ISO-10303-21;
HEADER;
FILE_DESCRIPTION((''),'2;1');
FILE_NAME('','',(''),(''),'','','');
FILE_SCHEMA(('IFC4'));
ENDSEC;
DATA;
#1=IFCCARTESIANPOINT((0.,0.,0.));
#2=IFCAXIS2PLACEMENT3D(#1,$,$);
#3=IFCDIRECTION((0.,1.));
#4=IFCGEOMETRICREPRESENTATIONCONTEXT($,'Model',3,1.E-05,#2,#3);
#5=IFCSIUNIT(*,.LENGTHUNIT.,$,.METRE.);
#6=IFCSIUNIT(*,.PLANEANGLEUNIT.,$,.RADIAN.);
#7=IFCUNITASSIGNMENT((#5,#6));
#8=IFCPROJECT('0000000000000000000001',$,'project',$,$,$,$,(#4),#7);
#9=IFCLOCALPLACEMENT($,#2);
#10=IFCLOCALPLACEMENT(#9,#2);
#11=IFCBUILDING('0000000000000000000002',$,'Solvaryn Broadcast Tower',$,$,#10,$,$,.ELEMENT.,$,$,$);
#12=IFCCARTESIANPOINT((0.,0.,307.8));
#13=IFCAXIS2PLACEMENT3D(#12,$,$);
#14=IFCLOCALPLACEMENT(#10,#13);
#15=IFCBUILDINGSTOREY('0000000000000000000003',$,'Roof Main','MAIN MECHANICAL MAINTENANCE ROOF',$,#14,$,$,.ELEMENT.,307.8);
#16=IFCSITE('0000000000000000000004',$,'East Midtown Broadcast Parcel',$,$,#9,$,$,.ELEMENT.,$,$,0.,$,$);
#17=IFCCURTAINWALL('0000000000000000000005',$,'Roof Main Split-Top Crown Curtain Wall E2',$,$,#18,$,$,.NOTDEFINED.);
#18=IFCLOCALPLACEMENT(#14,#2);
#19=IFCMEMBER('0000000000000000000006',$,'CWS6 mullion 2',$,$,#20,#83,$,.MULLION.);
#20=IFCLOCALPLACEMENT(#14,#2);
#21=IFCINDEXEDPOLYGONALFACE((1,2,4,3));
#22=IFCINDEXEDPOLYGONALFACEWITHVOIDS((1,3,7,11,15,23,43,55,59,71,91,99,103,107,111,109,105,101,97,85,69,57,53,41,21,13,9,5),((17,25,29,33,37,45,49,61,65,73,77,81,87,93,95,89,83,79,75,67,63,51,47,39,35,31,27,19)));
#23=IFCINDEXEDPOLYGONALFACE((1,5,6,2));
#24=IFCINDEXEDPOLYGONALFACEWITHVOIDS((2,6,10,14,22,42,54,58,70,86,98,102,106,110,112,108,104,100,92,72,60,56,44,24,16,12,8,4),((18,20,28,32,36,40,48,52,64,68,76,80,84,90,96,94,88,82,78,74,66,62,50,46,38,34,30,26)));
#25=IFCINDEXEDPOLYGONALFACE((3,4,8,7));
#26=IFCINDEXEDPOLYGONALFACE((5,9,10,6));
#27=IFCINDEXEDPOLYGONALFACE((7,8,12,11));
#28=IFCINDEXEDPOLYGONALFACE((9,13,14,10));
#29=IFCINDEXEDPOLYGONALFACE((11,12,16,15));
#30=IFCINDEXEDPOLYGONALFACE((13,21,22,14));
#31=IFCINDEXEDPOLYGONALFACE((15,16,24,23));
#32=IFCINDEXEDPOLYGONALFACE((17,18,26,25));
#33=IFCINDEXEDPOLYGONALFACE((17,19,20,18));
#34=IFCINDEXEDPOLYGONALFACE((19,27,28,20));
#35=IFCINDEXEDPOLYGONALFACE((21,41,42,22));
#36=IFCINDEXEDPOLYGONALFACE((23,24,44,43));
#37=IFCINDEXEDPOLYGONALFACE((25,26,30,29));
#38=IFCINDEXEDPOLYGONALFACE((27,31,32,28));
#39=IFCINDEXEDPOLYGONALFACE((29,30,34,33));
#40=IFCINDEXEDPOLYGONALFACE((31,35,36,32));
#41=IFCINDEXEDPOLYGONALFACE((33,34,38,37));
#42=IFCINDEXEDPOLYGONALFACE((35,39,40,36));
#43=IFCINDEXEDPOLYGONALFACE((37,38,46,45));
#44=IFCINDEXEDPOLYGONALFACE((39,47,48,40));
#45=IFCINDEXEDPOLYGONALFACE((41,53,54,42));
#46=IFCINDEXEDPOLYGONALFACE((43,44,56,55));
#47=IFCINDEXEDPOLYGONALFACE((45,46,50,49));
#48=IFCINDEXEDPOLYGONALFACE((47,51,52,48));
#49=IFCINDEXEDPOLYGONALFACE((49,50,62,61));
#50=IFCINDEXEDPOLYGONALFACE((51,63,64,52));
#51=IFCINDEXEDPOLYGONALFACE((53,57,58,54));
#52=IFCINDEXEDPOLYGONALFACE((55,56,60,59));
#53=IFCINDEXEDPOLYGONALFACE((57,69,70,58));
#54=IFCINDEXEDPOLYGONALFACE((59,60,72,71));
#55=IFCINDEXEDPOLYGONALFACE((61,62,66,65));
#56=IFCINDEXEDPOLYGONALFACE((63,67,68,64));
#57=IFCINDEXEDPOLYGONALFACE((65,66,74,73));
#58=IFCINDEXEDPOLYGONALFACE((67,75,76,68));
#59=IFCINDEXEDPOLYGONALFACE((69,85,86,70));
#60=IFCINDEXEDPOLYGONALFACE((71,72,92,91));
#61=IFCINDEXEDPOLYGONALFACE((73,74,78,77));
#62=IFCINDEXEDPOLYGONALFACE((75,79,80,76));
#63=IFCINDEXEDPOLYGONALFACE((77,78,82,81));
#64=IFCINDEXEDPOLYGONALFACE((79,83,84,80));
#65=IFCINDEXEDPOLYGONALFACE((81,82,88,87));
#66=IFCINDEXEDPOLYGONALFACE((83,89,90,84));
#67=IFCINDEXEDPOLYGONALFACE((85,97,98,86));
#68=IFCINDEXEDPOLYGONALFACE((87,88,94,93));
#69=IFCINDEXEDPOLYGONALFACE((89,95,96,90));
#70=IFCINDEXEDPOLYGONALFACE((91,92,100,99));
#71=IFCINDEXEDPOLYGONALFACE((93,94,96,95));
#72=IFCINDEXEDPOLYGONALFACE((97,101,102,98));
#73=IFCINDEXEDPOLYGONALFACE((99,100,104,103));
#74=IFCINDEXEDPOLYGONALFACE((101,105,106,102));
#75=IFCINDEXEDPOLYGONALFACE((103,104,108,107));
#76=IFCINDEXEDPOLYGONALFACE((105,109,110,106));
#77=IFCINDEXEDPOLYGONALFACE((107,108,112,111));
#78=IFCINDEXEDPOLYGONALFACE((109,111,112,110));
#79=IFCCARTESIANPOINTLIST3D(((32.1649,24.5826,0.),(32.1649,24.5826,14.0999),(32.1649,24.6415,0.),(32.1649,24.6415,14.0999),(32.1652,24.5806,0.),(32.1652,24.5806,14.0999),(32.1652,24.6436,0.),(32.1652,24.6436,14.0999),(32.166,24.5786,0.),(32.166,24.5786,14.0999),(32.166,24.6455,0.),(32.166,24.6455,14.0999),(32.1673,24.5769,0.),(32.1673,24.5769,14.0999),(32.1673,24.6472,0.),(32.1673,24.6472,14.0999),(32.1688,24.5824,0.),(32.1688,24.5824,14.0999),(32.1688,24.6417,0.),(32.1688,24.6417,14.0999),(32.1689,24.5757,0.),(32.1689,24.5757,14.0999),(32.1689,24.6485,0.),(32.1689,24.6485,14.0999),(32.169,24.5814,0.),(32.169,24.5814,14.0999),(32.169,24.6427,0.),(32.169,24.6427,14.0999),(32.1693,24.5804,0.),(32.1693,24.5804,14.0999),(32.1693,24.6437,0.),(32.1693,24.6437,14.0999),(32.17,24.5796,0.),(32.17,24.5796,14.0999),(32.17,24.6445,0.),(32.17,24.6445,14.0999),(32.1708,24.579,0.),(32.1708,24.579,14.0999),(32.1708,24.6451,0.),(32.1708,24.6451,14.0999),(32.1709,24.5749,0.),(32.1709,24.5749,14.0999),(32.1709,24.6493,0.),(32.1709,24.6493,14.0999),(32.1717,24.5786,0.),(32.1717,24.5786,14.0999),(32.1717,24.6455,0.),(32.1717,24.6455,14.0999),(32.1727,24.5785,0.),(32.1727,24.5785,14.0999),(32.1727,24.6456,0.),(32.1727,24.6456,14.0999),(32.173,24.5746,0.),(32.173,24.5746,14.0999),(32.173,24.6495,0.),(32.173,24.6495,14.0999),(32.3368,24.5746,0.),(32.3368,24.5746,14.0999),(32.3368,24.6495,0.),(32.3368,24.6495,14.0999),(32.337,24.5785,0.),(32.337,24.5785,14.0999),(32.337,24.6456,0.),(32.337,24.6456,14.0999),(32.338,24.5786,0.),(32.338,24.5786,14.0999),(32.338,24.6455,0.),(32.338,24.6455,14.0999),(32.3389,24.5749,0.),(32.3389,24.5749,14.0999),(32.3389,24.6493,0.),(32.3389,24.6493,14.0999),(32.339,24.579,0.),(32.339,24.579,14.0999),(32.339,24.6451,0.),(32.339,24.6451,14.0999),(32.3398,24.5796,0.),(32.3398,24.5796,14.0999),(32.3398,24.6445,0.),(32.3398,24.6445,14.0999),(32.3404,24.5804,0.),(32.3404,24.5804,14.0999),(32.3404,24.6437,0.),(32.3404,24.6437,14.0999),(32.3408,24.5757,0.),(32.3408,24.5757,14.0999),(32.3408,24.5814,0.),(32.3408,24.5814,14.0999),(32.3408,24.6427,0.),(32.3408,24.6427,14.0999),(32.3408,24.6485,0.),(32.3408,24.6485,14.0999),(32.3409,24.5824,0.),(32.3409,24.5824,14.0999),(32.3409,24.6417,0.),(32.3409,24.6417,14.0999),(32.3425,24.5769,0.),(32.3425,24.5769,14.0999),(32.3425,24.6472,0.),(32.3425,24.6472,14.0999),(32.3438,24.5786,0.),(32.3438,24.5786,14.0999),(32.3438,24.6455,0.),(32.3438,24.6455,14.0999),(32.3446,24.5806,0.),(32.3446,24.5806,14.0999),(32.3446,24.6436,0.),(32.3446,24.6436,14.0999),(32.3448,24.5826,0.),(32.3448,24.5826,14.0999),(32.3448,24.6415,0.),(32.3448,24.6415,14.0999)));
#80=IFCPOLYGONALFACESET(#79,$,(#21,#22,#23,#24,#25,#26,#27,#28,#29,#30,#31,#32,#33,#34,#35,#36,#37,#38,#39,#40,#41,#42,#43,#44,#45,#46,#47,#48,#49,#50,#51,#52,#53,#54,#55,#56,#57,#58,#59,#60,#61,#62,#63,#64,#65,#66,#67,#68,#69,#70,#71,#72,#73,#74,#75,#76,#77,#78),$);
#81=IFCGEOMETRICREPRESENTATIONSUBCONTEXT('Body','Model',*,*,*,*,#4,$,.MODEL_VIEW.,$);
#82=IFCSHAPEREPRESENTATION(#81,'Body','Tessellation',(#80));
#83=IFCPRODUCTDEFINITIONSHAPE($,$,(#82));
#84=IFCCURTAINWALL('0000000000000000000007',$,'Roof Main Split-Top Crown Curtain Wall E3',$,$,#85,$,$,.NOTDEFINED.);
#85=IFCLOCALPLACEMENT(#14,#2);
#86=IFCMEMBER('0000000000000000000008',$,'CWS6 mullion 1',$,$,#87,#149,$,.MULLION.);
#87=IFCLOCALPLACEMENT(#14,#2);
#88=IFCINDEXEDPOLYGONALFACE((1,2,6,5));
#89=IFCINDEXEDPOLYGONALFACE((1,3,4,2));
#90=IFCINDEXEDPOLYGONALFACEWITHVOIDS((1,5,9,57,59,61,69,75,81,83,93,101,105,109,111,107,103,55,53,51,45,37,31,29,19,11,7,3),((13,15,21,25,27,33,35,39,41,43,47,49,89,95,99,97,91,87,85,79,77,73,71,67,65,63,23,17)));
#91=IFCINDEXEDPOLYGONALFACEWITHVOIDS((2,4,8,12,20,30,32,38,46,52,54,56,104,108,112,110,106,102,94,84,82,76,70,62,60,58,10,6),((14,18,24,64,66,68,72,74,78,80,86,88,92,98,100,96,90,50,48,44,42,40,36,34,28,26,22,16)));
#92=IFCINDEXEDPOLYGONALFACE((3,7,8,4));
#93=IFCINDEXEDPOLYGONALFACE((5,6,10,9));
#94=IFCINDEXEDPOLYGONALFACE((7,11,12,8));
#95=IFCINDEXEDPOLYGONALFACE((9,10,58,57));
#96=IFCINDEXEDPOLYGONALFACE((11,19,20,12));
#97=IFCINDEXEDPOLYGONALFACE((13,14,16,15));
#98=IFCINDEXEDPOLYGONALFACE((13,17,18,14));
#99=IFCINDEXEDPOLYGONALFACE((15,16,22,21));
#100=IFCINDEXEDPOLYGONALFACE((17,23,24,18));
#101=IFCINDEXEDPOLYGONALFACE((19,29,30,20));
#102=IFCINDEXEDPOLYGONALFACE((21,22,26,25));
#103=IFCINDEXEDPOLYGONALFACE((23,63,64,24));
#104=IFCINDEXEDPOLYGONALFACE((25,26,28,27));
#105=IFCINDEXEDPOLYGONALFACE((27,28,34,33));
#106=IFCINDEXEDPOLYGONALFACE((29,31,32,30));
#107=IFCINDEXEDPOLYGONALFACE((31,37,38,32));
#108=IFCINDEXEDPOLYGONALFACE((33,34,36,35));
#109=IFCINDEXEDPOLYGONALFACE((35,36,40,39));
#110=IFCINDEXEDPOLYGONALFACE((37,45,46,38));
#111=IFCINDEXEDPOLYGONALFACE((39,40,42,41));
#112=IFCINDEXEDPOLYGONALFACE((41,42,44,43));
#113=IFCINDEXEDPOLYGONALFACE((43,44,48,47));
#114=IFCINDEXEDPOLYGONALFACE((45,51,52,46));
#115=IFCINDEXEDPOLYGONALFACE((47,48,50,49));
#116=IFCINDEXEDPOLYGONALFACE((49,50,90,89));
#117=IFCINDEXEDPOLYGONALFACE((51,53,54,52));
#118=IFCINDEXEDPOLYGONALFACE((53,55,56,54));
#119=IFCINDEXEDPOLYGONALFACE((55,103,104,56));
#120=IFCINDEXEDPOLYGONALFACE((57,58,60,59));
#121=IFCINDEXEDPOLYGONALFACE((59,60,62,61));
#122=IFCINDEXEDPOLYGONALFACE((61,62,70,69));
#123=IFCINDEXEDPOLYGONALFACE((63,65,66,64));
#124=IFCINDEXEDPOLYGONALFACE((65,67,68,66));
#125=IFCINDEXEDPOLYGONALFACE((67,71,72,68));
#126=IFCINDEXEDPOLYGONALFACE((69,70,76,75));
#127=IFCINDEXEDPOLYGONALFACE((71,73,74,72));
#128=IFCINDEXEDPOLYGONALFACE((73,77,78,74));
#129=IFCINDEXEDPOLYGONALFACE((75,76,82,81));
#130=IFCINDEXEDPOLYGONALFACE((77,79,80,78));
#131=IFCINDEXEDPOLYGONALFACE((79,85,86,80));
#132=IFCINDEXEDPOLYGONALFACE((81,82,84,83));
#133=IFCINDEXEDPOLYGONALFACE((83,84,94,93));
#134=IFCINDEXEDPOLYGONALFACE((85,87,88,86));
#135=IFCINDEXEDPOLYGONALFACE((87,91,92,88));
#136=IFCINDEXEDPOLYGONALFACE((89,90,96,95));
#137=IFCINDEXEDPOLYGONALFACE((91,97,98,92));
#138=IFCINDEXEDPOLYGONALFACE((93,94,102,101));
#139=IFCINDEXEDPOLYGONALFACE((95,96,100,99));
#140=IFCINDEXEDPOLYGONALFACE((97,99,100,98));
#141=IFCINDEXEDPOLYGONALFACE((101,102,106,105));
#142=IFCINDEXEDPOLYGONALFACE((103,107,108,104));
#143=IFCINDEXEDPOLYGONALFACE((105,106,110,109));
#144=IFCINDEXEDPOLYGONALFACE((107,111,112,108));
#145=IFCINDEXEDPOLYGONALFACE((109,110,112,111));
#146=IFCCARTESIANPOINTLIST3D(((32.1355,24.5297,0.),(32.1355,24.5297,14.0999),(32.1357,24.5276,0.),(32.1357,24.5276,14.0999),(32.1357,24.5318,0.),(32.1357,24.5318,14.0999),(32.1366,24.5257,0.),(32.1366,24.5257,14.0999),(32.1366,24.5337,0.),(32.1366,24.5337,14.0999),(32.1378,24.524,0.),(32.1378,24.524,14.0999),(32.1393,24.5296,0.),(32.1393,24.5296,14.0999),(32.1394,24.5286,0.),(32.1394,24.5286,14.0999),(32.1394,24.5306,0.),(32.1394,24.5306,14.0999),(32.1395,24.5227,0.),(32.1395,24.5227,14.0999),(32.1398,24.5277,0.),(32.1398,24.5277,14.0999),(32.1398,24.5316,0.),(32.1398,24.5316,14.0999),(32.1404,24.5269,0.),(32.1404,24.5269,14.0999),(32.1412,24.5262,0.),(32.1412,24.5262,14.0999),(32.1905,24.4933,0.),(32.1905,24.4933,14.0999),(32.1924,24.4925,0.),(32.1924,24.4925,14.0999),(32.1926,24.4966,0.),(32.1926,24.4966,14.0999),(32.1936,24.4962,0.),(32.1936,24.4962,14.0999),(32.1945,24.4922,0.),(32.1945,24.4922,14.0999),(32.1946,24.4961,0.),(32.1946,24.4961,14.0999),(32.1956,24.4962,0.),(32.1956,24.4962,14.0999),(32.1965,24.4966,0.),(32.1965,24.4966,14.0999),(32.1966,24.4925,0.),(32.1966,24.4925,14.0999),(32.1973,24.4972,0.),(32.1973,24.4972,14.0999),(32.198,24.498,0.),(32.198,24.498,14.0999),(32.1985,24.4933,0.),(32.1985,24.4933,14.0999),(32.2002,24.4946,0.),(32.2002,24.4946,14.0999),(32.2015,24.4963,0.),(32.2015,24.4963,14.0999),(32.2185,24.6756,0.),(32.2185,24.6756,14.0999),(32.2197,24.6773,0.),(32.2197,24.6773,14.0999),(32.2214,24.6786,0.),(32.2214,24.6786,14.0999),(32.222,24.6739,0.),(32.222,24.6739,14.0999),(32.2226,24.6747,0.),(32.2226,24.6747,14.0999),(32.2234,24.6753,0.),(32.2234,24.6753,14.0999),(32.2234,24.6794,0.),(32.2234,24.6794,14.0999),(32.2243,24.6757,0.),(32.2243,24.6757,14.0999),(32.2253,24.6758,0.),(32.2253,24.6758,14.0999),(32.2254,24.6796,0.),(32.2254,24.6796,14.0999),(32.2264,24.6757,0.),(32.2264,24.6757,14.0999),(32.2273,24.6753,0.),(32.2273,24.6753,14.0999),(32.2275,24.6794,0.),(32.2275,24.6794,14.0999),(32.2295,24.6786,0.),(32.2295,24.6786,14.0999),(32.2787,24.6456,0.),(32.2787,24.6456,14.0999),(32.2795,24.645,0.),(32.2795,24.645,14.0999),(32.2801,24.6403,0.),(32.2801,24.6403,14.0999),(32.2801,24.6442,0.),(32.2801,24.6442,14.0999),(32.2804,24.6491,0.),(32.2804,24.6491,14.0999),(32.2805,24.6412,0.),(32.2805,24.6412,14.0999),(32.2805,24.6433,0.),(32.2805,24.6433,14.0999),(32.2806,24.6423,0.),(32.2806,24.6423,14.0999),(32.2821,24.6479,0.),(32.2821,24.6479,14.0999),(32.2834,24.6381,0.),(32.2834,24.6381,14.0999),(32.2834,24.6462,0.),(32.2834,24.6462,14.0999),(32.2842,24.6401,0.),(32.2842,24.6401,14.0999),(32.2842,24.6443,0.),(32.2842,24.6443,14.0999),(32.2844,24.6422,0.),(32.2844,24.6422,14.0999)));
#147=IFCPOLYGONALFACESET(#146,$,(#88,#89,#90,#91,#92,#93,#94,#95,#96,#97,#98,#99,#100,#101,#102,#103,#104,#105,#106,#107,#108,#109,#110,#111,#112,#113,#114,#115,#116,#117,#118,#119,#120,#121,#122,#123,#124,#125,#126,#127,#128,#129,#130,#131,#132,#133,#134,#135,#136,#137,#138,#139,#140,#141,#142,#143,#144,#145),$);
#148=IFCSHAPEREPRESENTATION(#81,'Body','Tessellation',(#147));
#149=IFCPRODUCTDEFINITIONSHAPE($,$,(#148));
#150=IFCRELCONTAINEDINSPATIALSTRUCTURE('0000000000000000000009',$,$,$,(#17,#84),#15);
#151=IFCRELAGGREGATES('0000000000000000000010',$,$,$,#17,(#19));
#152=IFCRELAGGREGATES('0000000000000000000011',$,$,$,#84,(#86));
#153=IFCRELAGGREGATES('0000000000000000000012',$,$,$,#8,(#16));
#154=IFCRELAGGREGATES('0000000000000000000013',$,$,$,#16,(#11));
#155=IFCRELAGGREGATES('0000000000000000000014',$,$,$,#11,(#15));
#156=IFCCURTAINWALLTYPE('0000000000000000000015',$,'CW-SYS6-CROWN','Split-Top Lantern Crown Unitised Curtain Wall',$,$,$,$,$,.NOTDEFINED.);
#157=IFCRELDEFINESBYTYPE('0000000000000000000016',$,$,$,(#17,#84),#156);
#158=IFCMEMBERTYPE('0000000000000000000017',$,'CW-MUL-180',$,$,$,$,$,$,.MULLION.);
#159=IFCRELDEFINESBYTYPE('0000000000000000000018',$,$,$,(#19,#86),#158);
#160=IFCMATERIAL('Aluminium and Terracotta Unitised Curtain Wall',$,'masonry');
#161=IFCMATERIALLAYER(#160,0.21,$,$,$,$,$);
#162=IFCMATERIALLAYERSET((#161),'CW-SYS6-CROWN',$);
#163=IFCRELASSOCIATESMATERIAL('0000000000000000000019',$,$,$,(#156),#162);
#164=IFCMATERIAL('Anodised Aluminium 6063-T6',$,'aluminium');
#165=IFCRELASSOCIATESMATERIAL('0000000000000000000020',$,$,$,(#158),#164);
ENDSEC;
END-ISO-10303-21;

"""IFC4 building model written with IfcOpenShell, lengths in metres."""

from ifc_helpers import new_model, si_unit, direction, frame, origin, origin_2d, place, context, subcontext, project, spatial, hollow_rectangle, extrude, material, layer, layer_set, material_profile, profile_set, type_object, element, aggregate, save


model = new_model("IFC4")

# Units and contexts
model_context = context("Model", 3, precision=1e-05, world=origin(), true_north=direction((0.0, 1.0)))
body_context = subcontext(model_context, "Body", "Model", "MODEL_VIEW")
ifc_project = project(units=[si_unit("LENGTHUNIT", "METRE"), si_unit("PLANEANGLEUNIT", "RADIAN")], contexts=[model_context])

# Site, building, storey
site_placement = place(None, origin())
site = spatial("IfcSite", under=ifc_project, at=site_placement, Name="East Midtown Broadcast Parcel", CompositionType="ELEMENT", RefElevation=0.0)
building_placement = place(site_placement, origin())
building = spatial("IfcBuilding", under=site, at=building_placement, Name="Solvaryn Broadcast Tower", CompositionType="ELEMENT")
storey_placement = place(building_placement, frame((0.0, 0.0, 307.8)))
storey = spatial("IfcBuildingStorey", under=building, at=storey_placement, Name="Roof Main", Description="MAIN MECHANICAL MAINTENANCE ROOF", CompositionType="ELEMENT", Elevation=307.8)

# Curtain wall, member
ifc_material_1 = material(Name="Aluminium and Terracotta Unitised Curtain Wall", Category="masonry")
ifc_layer_1 = layer(ifc_material_1, 0.21)
ifc_layer_set_1 = layer_set([ifc_layer_1], Name="CW-SYS6-CROWN")
curtain_wall_type = type_object("IfcCurtainWallType", Name="CW-SYS6-CROWN", Description="Split-Top Lantern Crown Unitised Curtain Wall", PredefinedType="NOTDEFINED", material=ifc_layer_set_1)
ifc_material_2 = material(Name="Anodised Aluminium 6063-T6", Category="aluminium")
ifc_material_profile_1 = material_profile(ifc_material_2, hollow_rectangle(XDim=0.075, YDim=0.1799, WallThickness=0.0039, InnerFilletRadius=0.0039, OuterFilletRadius=0.0081, at=origin_2d()))
ifc_profile_set_1 = profile_set([ifc_material_profile_1], Name="Anodised Aluminium 6063-T6")
member_type_1 = type_object("IfcMemberType", Name="CW-MUL-180", PredefinedType="MULLION", material=ifc_profile_set_1)
curtain_wall_1_placement = place(storey_placement, origin())
curtain_wall_1 = element("IfcCurtainWall", 1, at=curtain_wall_1_placement, inside=storey, type_object=curtain_wall_type, Name="Roof Main Split-Top Crown Curtain Wall E2", PredefinedType="NOTDEFINED")
member_1_placement = place(storey_placement, frame((32.2549, 24.6121, 0.0), z_axis=(0.0, 0.0, 1.0), x_axis=(0.0, -1.0, 0.0)))
member_1 = element("IfcMember", 2, at=member_1_placement, type_object=member_type_1, Name="CWS6 mullion 2", PredefinedType="MULLION", context=body_context, shape_type="SweptSolid", body=[
    extrude(hollow_rectangle(XDim=0.075, YDim=0.1799, WallThickness=0.0039, InnerFilletRadius=0.0039, OuterFilletRadius=0.0081, at=origin_2d()), origin(), (0.0, 0.0, 1.0), 14.0999),
])

# Curtain wall, member
curtain_wall_2_placement = place(storey_placement, origin())
curtain_wall_2 = element("IfcCurtainWall", 3, at=curtain_wall_2_placement, inside=storey, type_object=curtain_wall_type, Name="Roof Main Split-Top Crown Curtain Wall E3", PredefinedType="NOTDEFINED")
member_2_placement = place(storey_placement, frame((32.21, 24.5859, 0.0), z_axis=(0.0, 0.0, 1.0), x_axis=(0.866035, -0.499983, 0.0)))
member_2 = element("IfcMember", 4, at=member_2_placement, type_object=member_type_1, Name="CWS6 mullion 1", PredefinedType="MULLION", context=body_context, shape_type="SweptSolid", body=[
    extrude(hollow_rectangle(XDim=0.075, YDim=0.1799, WallThickness=0.0039, InnerFilletRadius=0.0039, OuterFilletRadius=0.0081, at=origin_2d()), origin(), (0.0, 0.0, 1.0), 14.0999),
])

aggregate(curtain_wall_1, [member_1])
aggregate(curtain_wall_2, [member_2])

save(model, "model.ifc")
